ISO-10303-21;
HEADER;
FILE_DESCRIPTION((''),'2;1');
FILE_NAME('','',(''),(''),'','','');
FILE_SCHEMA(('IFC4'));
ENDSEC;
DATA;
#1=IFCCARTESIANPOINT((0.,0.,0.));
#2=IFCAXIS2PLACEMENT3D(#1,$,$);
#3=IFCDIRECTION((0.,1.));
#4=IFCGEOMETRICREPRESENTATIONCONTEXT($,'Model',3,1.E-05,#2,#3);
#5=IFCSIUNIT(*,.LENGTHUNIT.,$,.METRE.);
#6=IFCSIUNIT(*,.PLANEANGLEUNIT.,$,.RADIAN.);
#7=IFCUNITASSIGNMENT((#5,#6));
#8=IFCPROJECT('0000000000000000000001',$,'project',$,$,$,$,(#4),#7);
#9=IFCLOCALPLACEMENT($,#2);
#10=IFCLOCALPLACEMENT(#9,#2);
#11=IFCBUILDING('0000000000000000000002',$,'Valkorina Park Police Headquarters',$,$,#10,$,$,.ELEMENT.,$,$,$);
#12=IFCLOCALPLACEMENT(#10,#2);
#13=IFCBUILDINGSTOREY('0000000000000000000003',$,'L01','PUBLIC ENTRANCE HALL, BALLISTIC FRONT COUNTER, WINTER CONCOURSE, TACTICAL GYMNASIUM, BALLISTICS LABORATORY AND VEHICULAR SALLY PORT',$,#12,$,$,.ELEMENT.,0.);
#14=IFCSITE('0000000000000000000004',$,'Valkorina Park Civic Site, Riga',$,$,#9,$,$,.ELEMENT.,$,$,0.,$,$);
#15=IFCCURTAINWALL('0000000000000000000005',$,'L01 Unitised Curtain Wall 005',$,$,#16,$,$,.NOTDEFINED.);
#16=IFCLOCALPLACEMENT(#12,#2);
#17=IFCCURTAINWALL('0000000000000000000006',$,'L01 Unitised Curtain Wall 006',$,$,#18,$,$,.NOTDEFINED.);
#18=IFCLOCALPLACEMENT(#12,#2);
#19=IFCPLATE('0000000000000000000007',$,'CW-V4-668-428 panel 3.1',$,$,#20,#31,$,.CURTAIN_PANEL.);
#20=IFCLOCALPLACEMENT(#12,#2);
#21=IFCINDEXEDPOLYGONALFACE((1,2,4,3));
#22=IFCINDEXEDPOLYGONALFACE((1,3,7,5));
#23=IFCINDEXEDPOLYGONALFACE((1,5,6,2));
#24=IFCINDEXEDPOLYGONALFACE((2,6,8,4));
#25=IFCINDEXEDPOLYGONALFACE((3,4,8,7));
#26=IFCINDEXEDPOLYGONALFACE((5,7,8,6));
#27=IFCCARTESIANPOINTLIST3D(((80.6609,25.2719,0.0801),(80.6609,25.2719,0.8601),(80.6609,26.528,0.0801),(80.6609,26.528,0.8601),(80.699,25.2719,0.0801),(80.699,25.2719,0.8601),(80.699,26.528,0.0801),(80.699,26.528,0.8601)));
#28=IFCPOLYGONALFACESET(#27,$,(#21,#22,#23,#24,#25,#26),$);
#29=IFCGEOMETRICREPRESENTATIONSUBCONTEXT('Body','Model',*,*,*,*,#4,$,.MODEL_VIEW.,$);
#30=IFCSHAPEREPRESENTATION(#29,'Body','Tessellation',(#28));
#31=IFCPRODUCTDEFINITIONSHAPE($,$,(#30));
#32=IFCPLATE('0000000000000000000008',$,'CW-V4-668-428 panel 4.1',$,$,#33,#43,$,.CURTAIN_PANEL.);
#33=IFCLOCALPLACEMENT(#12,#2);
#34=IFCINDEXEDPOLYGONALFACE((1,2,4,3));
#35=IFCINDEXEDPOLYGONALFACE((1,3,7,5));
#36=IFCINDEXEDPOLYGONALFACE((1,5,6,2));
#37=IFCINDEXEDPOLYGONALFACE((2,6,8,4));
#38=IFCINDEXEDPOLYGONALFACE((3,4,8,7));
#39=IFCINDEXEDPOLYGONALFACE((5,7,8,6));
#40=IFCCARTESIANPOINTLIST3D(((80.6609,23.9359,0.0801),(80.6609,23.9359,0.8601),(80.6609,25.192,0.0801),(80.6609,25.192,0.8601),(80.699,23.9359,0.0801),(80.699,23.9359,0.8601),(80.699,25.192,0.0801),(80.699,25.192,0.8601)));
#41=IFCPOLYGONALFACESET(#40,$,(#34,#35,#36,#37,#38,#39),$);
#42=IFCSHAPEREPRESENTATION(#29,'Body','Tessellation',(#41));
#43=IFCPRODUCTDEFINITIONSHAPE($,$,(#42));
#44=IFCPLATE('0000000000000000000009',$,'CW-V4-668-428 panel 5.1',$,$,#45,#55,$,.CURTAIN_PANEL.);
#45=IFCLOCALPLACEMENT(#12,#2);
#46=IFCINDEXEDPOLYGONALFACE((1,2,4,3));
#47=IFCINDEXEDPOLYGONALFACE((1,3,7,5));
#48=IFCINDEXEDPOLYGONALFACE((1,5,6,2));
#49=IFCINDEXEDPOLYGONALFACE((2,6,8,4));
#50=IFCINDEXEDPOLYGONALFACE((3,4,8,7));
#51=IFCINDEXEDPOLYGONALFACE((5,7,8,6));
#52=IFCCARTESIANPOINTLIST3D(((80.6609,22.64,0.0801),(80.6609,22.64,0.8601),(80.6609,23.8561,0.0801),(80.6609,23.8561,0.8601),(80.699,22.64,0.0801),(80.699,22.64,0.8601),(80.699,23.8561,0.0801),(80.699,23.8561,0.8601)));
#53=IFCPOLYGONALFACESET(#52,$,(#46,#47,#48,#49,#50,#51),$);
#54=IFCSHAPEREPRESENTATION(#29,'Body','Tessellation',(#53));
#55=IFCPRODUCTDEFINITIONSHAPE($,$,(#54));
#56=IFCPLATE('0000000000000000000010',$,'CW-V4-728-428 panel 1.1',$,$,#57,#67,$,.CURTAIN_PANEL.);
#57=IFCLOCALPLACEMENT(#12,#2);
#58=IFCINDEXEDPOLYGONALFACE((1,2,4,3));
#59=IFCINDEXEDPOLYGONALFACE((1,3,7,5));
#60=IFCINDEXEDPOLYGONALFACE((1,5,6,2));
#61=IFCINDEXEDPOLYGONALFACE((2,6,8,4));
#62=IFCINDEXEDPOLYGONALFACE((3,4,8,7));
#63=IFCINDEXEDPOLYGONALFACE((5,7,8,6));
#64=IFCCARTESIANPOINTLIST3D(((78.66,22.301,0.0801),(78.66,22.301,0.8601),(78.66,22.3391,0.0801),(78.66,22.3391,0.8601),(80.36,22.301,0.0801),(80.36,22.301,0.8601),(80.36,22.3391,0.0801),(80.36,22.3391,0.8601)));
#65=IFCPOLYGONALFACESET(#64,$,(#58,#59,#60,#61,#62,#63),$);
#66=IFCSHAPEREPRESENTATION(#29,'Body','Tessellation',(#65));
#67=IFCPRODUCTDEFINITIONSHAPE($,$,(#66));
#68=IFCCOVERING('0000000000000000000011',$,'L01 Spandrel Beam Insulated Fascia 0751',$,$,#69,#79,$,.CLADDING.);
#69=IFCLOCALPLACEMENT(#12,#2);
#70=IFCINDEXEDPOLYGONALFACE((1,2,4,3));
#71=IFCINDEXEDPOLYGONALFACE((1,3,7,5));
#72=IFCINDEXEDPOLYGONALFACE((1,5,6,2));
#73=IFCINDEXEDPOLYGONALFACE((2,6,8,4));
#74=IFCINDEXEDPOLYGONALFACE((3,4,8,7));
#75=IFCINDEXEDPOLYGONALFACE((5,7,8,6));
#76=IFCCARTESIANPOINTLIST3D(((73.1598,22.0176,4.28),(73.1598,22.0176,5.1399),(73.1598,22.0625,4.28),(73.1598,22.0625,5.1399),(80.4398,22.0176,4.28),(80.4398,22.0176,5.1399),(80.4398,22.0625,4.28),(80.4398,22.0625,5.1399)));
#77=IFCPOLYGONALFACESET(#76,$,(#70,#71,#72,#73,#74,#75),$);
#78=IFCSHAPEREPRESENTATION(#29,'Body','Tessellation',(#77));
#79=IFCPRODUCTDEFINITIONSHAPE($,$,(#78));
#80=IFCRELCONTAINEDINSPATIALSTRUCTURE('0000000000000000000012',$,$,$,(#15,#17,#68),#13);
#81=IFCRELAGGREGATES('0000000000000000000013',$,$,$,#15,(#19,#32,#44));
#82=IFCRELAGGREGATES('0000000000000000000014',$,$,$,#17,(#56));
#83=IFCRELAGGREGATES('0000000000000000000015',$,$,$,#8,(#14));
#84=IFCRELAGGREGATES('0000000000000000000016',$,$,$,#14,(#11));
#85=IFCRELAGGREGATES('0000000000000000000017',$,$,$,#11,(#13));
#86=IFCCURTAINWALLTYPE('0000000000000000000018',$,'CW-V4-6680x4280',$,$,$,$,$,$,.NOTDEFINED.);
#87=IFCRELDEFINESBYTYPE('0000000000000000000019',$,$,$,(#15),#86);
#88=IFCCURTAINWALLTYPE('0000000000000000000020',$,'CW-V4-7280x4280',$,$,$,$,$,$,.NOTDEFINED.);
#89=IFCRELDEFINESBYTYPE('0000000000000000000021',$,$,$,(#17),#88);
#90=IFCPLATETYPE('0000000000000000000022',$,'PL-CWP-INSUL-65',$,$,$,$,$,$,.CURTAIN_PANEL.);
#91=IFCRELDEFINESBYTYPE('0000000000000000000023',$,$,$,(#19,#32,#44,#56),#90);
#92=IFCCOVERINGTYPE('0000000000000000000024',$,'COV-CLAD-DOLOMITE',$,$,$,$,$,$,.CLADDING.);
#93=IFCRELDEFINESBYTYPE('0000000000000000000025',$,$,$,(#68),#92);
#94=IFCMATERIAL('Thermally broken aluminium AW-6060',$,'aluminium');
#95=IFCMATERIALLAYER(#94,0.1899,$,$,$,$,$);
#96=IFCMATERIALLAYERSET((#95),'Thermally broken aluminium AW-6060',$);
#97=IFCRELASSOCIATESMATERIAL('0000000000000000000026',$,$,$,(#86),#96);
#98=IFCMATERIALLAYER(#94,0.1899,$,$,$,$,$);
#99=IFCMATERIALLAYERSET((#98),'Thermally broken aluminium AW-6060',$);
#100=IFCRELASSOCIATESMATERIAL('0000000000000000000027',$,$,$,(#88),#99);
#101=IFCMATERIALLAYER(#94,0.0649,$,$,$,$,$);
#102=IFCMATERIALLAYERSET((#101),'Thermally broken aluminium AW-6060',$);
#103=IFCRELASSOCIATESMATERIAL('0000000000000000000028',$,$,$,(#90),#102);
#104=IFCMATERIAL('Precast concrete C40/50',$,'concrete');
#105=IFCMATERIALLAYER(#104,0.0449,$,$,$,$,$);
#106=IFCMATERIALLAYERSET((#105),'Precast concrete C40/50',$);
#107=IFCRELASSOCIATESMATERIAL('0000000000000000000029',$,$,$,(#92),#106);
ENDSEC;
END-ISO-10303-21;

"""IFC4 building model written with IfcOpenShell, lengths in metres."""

from ifc_helpers import new_model, si_unit, direction, frame, frame_2d, origin, origin_2d, place, context, subcontext, project, spatial, rectangle, extrude, material, layer, layer_set, type_object, element, aggregate, save


model = new_model("IFC4")

# Units and contexts
model_context = context("Model", 3, precision=1e-05, world=origin(), true_north=direction((0.0, 1.0)))
body_context = subcontext(model_context, "Body", "Model", "MODEL_VIEW")
ifc_project = project(units=[si_unit("LENGTHUNIT", "METRE"), si_unit("PLANEANGLEUNIT", "RADIAN")], contexts=[model_context])

# Site, building, storey
site_placement = place(None, origin())
site = spatial("IfcSite", under=ifc_project, at=site_placement, Name="Valkorina Park Civic Site, Riga", CompositionType="ELEMENT", RefElevation=0.0)
building_placement = place(site_placement, origin())
building = spatial("IfcBuilding", under=site, at=building_placement, Name="Valkorina Park Police Headquarters", CompositionType="ELEMENT")
storey_placement = place(building_placement, origin())
storey = spatial("IfcBuildingStorey", under=building, at=storey_placement, Name="L01", Description="PUBLIC ENTRANCE HALL, BALLISTIC FRONT COUNTER, WINTER CONCOURSE, TACTICAL GYMNASIUM, BALLISTICS LABORATORY AND VEHICULAR SALLY PORT", CompositionType="ELEMENT", Elevation=0.0)

# Curtain walls
ifc_material_1 = material(Name="Thermally broken aluminium AW-6060", Category="aluminium")
ifc_layer_1 = layer(ifc_material_1, 0.1899)
ifc_layer_set_1 = layer_set([ifc_layer_1], Name="Thermally broken aluminium AW-6060")
curtain_wall_type_1 = type_object("IfcCurtainWallType", Name="CW-V4-6680x4280", PredefinedType="NOTDEFINED", material=ifc_layer_set_1)
curtain_wall_1_placement = place(storey_placement, origin())
curtain_wall_1 = element("IfcCurtainWall", 1, at=curtain_wall_1_placement, inside=storey, type_object=curtain_wall_type_1, Name="L01 Unitised Curtain Wall 005", PredefinedType="NOTDEFINED")
ifc_layer_2 = layer(ifc_material_1, 0.1899)
ifc_layer_set_2 = layer_set([ifc_layer_2], Name="Thermally broken aluminium AW-6060")
curtain_wall_type_2 = type_object("IfcCurtainWallType", Name="CW-V4-7280x4280", PredefinedType="NOTDEFINED", material=ifc_layer_set_2)
curtain_wall_2_placement = place(storey_placement, origin())
curtain_wall_2 = element("IfcCurtainWall", 2, at=curtain_wall_2_placement, inside=storey, type_object=curtain_wall_type_2, Name="L01 Unitised Curtain Wall 006", PredefinedType="NOTDEFINED")

# Plates
ifc_layer_3 = layer(ifc_material_1, 0.0649)
ifc_layer_set_3 = layer_set([ifc_layer_3], Name="Thermally broken aluminium AW-6060")
plate_type_1 = type_object("IfcPlateType", Name="PL-CWP-INSUL-65", PredefinedType="CURTAIN_PANEL", material=ifc_layer_set_3)
plate_1_placement = place(storey_placement, frame((80.6799, 25.8999, 0.0801), z_axis=(0.0, 0.0, 1.0), x_axis=(0.0, -1.0, 0.0)))
plate_1 = element("IfcPlate", 3, at=plate_1_placement, type_object=plate_type_1, Name="CW-V4-668-428 panel 3.1", PredefinedType="CURTAIN_PANEL", context=body_context, shape_type="SweptSolid", body=[
    extrude(rectangle(XDim=1.2561, YDim=0.0381, at=origin_2d()), origin(), (0.0, 0.0, 1.0), 0.78),
])
plate_2_placement = place(storey_placement, frame((80.6799, 24.564, 0.0801), z_axis=(0.0, 0.0, 1.0), x_axis=(0.0, -1.0, 0.0)))
plate_2 = element("IfcPlate", 4, at=plate_2_placement, type_object=plate_type_1, Name="CW-V4-668-428 panel 4.1", PredefinedType="CURTAIN_PANEL", context=body_context, shape_type="SweptSolid", body=[
    extrude(rectangle(XDim=1.2561, YDim=0.0381, at=origin_2d()), origin(), (0.0, 0.0, 1.0), 0.78),
])
plate_3_placement = place(storey_placement, frame((80.6799, 23.248, 0.0801), z_axis=(0.0, 0.0, 1.0), x_axis=(0.0, -1.0, 0.0)))
plate_3 = element("IfcPlate", 5, at=plate_3_placement, type_object=plate_type_1, Name="CW-V4-668-428 panel 5.1", PredefinedType="CURTAIN_PANEL", context=body_context, shape_type="SweptSolid", body=[
    extrude(rectangle(XDim=1.2161, YDim=0.0381, at=origin_2d()), origin(), (0.0, 0.0, 1.0), 0.78),
])
aggregate(curtain_wall_1, [plate_1, plate_2, plate_3])
plate_4_placement = place(storey_placement, frame((79.51, 22.3201, 0.0801), z_axis=(0.0, 0.0, 1.0), x_axis=(-1.0, 0.0, 0.0)))
plate_4 = element("IfcPlate", 6, at=plate_4_placement, type_object=plate_type_1, Name="CW-V4-728-428 panel 1.1", PredefinedType="CURTAIN_PANEL", context=body_context, shape_type="SweptSolid", body=[
    extrude(rectangle(XDim=1.7, YDim=0.0381, at=origin_2d()), origin(), (0.0, 0.0, 1.0), 0.78),
])
aggregate(curtain_wall_2, [plate_4])

# Covering
ifc_material_2 = material(Name="Precast concrete C40/50", Category="concrete")
ifc_layer_4 = layer(ifc_material_2, 0.0449)
ifc_layer_set_4 = layer_set([ifc_layer_4], Name="Precast concrete C40/50")
covering_type = type_object("IfcCoveringType", Name="COV-CLAD-DOLOMITE", PredefinedType="CLADDING", material=ifc_layer_set_4)
covering_placement = place(storey_placement, frame((80.4399, 22.04, 4.28), z_axis=(0.0, 0.0, 1.0), x_axis=(-1.0, 0.0, 0.0)))
element("IfcCovering", 7, at=covering_placement, inside=storey, type_object=covering_type, Name="L01 Spandrel Beam Insulated Fascia 0751", PredefinedType="CLADDING", context=body_context, shape_type="SweptSolid", body=[
    extrude(rectangle(XDim=7.28, YDim=0.0449, at=frame_2d((3.6401, 0.0))), origin(), (0.0, 0.0, 1.0), 0.8599),
])

save(model, "model.ifc")
